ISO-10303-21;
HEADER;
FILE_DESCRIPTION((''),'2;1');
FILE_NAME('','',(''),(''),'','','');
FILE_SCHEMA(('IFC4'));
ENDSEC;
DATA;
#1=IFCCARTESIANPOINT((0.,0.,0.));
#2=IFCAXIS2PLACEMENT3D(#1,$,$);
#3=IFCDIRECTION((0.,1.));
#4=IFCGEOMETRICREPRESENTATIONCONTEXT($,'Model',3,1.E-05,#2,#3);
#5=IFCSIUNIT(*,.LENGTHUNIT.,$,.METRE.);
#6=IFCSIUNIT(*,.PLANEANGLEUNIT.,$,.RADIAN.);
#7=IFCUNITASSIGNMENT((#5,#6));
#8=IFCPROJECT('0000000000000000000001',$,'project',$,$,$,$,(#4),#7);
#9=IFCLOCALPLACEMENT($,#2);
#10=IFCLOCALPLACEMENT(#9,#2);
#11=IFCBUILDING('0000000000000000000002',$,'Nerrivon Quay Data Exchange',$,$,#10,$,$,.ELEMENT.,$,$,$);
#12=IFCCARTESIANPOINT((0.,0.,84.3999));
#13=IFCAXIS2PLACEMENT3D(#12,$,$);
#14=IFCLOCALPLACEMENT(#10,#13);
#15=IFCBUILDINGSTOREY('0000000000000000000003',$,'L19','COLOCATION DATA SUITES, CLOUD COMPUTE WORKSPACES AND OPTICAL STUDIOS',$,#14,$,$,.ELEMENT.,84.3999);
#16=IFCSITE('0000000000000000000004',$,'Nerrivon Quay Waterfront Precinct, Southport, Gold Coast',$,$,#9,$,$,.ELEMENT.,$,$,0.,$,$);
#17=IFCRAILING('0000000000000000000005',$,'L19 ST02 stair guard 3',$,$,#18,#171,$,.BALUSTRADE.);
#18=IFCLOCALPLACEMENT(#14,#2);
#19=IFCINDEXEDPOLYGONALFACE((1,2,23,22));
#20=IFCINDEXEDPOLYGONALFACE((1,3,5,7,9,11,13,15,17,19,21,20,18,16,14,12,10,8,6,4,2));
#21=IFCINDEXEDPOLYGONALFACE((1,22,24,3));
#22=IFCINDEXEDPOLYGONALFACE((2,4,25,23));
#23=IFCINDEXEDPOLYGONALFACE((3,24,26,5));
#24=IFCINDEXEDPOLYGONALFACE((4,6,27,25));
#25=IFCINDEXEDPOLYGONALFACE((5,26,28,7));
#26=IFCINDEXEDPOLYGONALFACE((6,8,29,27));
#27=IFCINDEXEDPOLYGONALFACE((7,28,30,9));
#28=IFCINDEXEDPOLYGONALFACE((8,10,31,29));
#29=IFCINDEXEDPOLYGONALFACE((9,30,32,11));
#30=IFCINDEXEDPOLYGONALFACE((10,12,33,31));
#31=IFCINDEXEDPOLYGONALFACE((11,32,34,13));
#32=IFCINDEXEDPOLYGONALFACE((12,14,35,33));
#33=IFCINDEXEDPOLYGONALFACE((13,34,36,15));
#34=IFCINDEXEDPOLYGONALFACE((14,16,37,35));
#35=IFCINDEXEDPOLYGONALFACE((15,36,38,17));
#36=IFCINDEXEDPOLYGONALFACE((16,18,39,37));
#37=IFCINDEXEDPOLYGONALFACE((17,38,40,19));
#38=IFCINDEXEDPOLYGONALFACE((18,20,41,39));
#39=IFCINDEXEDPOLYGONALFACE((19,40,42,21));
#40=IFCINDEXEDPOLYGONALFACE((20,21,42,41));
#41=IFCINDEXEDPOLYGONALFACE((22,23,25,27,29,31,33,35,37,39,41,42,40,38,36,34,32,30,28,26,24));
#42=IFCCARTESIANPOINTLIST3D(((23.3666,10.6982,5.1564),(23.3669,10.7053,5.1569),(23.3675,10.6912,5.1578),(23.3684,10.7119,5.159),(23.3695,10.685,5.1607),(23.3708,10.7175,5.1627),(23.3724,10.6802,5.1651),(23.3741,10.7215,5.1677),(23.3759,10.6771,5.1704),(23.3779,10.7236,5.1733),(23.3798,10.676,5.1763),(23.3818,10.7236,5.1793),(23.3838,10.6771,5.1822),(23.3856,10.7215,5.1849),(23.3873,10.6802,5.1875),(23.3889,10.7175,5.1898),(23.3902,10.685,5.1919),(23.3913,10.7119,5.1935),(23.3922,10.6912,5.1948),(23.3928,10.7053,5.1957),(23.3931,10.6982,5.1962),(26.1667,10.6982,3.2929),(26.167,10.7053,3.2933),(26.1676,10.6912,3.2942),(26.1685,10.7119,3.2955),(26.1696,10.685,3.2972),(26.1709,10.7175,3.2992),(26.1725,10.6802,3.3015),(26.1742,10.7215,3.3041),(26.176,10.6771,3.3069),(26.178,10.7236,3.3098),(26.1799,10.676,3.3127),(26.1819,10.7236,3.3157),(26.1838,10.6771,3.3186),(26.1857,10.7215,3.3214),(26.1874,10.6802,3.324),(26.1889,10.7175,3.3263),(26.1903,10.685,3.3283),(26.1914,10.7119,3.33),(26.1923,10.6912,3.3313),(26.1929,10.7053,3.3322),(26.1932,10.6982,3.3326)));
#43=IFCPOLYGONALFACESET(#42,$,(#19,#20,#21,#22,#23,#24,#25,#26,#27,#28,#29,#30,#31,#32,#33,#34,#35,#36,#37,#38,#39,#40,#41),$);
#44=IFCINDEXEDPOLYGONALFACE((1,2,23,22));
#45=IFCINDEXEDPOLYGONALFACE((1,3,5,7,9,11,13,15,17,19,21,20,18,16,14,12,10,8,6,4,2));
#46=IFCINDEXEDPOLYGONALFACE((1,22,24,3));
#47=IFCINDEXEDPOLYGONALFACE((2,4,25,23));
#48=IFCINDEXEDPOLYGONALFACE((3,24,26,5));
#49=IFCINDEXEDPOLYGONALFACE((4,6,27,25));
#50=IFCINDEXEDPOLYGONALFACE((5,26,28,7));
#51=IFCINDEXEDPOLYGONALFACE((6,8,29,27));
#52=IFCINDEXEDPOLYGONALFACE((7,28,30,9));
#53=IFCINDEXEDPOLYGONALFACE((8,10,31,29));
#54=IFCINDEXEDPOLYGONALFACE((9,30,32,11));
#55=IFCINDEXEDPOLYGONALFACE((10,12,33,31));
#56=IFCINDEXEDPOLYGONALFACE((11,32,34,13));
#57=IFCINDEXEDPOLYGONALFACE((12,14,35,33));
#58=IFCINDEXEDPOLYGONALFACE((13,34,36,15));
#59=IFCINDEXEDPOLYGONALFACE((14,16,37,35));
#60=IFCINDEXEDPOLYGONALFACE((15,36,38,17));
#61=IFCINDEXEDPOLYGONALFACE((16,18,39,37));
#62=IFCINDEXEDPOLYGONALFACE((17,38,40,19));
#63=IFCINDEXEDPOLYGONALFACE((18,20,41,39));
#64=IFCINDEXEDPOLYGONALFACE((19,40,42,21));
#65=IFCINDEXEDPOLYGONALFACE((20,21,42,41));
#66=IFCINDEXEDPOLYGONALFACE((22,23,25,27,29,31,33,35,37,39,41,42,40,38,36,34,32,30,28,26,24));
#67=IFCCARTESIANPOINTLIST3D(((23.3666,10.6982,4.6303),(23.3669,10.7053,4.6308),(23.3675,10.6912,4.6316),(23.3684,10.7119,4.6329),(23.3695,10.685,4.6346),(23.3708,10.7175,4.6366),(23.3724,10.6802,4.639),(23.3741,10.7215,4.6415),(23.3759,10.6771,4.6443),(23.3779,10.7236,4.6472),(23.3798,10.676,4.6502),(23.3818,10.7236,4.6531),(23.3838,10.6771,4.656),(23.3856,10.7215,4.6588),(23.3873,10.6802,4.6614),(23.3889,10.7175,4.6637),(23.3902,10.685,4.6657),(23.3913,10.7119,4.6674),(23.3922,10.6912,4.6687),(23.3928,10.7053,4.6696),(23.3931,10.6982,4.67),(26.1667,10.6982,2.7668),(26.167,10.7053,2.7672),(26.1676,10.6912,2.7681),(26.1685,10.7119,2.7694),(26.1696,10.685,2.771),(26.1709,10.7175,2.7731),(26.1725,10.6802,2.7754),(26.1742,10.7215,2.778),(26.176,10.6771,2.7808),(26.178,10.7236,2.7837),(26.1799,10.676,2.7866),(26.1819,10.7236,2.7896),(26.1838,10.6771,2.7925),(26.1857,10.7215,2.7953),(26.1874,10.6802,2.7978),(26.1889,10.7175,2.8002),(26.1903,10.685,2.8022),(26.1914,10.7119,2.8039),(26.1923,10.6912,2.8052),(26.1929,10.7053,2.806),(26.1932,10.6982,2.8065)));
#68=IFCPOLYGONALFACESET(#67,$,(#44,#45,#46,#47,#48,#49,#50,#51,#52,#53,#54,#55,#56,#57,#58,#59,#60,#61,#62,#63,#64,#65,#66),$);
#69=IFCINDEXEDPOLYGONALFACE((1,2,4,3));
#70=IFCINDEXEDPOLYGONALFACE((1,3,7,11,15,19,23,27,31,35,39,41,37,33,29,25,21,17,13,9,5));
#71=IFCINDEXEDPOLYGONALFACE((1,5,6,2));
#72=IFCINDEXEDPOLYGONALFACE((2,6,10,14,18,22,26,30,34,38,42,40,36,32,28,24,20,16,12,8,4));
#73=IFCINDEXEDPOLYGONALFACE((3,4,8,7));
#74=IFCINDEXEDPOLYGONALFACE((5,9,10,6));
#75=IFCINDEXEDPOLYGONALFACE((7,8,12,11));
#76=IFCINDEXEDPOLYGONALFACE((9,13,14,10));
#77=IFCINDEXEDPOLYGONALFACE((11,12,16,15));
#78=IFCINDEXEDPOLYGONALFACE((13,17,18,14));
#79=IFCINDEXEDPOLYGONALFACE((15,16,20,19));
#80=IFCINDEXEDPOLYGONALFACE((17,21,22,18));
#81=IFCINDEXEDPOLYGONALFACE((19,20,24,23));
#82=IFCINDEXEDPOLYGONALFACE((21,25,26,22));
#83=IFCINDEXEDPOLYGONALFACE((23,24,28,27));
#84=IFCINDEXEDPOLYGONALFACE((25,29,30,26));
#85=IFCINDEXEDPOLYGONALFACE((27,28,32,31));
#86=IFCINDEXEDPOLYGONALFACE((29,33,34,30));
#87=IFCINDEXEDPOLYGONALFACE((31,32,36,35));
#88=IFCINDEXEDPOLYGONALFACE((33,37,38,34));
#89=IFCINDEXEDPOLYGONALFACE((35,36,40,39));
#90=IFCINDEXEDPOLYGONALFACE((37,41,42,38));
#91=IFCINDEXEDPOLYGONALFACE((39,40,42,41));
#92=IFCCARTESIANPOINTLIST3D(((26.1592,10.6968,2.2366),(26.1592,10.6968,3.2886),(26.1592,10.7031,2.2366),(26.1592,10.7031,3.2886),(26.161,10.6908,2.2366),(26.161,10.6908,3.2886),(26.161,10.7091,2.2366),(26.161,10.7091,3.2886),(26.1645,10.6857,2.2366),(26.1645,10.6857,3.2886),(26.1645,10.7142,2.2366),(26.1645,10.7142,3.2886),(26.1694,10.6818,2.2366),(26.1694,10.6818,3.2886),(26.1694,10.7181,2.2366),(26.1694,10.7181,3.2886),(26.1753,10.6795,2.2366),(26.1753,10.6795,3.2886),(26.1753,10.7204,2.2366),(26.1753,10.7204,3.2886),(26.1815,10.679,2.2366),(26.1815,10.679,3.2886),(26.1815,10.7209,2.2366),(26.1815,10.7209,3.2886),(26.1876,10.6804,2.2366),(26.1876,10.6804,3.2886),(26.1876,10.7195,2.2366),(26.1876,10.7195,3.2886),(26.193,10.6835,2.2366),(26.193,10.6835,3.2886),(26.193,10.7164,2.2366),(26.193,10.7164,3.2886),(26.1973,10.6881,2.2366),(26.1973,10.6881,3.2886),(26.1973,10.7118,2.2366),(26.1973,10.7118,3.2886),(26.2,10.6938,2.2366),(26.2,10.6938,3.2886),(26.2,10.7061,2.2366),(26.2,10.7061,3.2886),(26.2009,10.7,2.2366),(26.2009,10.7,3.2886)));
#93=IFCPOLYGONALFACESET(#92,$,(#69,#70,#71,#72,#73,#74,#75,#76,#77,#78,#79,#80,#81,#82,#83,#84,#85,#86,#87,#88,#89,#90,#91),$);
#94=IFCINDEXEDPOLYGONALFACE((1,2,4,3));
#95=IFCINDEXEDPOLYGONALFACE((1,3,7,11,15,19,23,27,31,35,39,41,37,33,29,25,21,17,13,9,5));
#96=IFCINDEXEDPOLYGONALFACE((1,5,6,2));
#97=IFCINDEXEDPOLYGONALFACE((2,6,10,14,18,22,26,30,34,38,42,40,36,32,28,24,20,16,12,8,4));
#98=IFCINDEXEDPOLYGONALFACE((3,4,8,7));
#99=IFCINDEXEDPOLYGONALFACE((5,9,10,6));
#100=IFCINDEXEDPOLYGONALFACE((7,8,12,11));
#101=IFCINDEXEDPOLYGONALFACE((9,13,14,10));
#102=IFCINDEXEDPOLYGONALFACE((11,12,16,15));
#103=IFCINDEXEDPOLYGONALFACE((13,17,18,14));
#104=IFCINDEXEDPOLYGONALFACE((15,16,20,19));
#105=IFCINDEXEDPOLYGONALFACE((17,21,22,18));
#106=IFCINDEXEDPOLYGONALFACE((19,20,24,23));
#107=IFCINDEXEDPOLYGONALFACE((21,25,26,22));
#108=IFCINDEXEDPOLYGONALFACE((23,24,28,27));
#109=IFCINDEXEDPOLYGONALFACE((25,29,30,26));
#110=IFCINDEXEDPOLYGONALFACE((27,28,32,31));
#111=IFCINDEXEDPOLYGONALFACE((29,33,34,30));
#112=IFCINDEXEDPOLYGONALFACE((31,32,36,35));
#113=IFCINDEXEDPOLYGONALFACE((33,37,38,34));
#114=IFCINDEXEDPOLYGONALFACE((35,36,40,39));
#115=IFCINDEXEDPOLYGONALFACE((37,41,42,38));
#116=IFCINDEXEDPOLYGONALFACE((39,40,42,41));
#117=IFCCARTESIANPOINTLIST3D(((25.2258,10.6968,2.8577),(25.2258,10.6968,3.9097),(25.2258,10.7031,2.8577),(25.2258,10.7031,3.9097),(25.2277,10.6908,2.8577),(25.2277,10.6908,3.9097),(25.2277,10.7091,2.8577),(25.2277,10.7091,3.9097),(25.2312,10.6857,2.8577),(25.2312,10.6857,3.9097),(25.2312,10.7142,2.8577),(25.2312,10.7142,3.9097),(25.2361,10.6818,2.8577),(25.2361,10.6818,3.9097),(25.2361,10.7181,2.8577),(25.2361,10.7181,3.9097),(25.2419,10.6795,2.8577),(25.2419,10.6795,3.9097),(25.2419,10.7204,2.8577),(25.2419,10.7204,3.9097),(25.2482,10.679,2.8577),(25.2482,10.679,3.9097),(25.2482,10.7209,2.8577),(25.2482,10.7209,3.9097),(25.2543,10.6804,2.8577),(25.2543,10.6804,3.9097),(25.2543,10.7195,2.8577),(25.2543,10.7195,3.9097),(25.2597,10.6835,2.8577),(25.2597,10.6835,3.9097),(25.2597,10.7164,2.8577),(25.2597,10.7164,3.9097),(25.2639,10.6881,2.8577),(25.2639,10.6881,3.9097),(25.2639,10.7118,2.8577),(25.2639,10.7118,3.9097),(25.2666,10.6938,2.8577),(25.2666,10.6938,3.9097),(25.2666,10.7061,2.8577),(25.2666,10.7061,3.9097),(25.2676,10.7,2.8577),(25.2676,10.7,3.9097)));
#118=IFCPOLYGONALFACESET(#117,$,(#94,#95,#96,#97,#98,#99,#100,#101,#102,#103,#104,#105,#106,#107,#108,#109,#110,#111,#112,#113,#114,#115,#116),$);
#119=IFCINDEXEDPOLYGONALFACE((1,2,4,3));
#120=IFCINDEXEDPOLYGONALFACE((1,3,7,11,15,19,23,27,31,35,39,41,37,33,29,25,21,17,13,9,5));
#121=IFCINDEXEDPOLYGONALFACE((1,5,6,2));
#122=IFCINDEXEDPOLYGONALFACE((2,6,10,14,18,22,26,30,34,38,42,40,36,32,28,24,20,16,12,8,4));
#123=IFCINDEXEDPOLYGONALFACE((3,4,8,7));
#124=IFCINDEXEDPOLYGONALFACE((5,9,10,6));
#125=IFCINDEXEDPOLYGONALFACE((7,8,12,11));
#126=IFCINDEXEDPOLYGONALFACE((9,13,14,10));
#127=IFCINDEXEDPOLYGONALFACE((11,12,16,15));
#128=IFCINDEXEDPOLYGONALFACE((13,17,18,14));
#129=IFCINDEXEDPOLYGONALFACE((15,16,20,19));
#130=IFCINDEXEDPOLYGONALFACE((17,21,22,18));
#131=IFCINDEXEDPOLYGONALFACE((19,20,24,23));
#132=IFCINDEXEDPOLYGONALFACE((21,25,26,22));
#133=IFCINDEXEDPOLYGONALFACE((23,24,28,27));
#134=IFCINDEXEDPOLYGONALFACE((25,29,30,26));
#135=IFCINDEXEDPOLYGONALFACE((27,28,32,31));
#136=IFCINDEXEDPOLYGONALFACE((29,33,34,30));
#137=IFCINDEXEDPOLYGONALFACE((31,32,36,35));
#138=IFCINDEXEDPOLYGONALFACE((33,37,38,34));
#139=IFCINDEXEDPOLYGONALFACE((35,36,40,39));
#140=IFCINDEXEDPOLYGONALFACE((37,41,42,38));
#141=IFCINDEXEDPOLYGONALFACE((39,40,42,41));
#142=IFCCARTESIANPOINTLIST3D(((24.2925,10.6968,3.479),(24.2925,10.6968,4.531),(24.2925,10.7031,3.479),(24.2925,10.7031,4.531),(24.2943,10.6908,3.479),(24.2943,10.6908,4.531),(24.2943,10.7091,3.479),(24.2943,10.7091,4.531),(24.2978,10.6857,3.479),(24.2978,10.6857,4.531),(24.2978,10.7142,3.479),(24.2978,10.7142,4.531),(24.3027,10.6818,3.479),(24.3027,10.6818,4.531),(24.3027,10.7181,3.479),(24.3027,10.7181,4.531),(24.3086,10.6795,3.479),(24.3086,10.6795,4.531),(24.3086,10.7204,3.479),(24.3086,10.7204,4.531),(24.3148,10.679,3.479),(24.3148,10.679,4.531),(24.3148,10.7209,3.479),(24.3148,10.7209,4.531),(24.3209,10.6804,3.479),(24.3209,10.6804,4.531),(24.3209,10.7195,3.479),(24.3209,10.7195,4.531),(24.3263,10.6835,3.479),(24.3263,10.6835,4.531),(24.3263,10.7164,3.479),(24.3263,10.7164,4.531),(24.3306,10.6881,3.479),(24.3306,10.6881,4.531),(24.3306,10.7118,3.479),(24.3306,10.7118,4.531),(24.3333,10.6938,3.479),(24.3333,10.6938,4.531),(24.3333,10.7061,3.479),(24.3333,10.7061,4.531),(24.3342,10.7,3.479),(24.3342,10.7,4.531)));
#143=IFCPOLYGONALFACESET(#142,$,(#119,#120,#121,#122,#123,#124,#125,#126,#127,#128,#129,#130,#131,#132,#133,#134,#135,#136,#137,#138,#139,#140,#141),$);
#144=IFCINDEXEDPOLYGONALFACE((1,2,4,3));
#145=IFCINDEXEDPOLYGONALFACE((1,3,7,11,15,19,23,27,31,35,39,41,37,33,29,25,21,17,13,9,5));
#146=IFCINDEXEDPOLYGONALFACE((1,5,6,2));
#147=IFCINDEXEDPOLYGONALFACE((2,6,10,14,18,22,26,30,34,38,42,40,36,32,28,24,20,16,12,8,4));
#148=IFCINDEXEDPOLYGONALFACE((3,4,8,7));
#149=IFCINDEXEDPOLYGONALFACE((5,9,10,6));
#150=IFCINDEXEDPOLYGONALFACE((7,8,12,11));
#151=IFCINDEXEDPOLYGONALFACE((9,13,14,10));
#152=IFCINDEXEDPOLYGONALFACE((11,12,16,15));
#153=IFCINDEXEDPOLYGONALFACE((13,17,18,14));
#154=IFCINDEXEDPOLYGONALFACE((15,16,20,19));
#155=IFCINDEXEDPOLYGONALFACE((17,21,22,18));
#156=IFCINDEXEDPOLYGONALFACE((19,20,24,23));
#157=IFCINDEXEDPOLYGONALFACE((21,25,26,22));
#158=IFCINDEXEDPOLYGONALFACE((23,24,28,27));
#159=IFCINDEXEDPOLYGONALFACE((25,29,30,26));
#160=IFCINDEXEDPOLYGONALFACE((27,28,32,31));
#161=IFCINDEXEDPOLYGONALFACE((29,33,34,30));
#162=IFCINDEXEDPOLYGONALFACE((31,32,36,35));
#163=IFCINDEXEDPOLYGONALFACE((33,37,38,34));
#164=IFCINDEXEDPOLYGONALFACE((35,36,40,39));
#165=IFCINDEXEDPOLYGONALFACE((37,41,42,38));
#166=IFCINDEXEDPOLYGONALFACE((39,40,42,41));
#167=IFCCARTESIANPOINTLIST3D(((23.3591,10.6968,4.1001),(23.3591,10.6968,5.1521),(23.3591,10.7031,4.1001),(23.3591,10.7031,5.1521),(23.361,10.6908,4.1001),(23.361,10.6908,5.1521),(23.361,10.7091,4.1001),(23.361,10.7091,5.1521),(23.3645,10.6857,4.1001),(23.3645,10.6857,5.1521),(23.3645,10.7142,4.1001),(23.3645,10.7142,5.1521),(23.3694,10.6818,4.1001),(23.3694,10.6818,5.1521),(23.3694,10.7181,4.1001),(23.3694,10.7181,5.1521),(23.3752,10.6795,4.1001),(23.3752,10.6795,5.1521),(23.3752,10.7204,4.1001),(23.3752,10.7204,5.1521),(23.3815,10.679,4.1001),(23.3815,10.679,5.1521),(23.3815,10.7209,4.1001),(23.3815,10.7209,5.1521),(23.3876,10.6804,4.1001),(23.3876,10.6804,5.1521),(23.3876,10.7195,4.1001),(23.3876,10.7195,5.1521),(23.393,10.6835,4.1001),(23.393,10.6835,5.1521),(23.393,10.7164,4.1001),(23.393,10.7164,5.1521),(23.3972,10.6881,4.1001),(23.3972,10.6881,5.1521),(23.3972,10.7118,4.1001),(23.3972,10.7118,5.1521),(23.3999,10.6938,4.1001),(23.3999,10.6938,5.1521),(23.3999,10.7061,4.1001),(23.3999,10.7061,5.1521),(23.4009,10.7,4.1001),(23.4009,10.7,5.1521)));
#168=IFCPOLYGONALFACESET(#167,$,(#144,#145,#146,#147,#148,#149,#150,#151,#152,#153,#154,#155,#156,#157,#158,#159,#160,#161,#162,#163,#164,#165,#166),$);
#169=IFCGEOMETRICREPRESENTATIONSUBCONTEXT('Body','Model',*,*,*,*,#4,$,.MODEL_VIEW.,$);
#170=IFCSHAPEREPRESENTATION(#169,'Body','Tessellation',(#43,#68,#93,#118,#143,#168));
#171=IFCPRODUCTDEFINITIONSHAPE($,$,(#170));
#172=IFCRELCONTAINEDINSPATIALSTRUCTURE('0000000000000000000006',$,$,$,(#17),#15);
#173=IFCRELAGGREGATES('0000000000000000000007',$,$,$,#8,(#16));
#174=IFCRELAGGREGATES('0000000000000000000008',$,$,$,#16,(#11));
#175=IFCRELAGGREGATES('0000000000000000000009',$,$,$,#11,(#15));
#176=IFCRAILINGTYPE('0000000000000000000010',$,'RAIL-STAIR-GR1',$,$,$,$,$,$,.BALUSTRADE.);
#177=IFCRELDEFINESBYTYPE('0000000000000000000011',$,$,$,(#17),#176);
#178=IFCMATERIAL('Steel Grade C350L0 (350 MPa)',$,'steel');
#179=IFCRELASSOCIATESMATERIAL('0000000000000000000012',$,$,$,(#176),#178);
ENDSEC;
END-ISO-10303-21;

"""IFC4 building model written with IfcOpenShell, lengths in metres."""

from ifc_helpers import new_model, si_unit, direction, frame, origin, origin_2d, place, context, subcontext, project, spatial, circle, extrude, material, type_object, element, save


model = new_model("IFC4")

# Units and contexts
model_context = context("Model", 3, precision=1e-05, world=origin(), true_north=direction((0.0, 1.0)))
body_context = subcontext(model_context, "Body", "Model", "MODEL_VIEW")
ifc_project = project(units=[si_unit("LENGTHUNIT", "METRE"), si_unit("PLANEANGLEUNIT", "RADIAN")], contexts=[model_context])

# Site, building, storey
site_placement = place(None, origin())
site = spatial("IfcSite", under=ifc_project, at=site_placement, Name="Nerrivon Quay Waterfront Precinct, Southport, Gold Coast", CompositionType="ELEMENT", RefElevation=0.0)
building_placement = place(site_placement, origin())
building = spatial("IfcBuilding", under=site, at=building_placement, Name="Nerrivon Quay Data Exchange", CompositionType="ELEMENT")
storey_placement = place(building_placement, frame((0.0, 0.0, 84.3999)))
storey = spatial("IfcBuildingStorey", under=building, at=storey_placement, Name="L19", Description="COLOCATION DATA SUITES, CLOUD COMPUTE WORKSPACES AND OPTICAL STUDIOS", CompositionType="ELEMENT", Elevation=84.3999)

# Railing
ifc_material_1 = material(Name="Steel Grade C350L0 (350 MPa)", Category="steel")
railing_type_1 = type_object("IfcRailingType", Name="RAIL-STAIR-GR1", PredefinedType="BALUSTRADE", material=ifc_material_1)
railing_1_placement = place(storey_placement, frame((26.1799, 10.7, 2.2366)))
element("IfcRailing", 1, at=railing_1_placement, inside=storey, type_object=railing_type_1, Name="L19 ST02 stair guard 3", PredefinedType="BALUSTRADE", context=body_context, shape_type="SweptSolid", body=[
    extrude(circle(Radius=0.0239, at=origin_2d()), frame((0.0, 0.0, 1.0762), z_axis=(-0.832486, 0.0, 0.554047), x_axis=(0.0, -1.0, 0.0)), (0.0, 0.0, 1.0), 3.3635),
    extrude(circle(Radius=0.0239, at=origin_2d()), frame((0.0, 0.0, 0.55), z_axis=(-0.832486, 0.0, 0.554047), x_axis=(0.0, -1.0, 0.0)), (0.0, 0.0, 1.0), 3.3635),
    extrude(circle(Radius=0.021, at=origin_2d()), origin(), (0.0, 0.0, 1.0), 1.052),
    extrude(circle(Radius=0.021, at=origin_2d()), frame((-0.9333, 0.0, 0.6211)), (0.0, 0.0, 1.0), 1.052),
    extrude(circle(Radius=0.021, at=origin_2d()), frame((-1.8667, 0.0, 1.2424)), (0.0, 0.0, 1.0), 1.052),
    extrude(circle(Radius=0.021, at=origin_2d()), frame((-2.8, 0.0, 1.8635)), (0.0, 0.0, 1.0), 1.052),
])

save(model, "model.ifc")
